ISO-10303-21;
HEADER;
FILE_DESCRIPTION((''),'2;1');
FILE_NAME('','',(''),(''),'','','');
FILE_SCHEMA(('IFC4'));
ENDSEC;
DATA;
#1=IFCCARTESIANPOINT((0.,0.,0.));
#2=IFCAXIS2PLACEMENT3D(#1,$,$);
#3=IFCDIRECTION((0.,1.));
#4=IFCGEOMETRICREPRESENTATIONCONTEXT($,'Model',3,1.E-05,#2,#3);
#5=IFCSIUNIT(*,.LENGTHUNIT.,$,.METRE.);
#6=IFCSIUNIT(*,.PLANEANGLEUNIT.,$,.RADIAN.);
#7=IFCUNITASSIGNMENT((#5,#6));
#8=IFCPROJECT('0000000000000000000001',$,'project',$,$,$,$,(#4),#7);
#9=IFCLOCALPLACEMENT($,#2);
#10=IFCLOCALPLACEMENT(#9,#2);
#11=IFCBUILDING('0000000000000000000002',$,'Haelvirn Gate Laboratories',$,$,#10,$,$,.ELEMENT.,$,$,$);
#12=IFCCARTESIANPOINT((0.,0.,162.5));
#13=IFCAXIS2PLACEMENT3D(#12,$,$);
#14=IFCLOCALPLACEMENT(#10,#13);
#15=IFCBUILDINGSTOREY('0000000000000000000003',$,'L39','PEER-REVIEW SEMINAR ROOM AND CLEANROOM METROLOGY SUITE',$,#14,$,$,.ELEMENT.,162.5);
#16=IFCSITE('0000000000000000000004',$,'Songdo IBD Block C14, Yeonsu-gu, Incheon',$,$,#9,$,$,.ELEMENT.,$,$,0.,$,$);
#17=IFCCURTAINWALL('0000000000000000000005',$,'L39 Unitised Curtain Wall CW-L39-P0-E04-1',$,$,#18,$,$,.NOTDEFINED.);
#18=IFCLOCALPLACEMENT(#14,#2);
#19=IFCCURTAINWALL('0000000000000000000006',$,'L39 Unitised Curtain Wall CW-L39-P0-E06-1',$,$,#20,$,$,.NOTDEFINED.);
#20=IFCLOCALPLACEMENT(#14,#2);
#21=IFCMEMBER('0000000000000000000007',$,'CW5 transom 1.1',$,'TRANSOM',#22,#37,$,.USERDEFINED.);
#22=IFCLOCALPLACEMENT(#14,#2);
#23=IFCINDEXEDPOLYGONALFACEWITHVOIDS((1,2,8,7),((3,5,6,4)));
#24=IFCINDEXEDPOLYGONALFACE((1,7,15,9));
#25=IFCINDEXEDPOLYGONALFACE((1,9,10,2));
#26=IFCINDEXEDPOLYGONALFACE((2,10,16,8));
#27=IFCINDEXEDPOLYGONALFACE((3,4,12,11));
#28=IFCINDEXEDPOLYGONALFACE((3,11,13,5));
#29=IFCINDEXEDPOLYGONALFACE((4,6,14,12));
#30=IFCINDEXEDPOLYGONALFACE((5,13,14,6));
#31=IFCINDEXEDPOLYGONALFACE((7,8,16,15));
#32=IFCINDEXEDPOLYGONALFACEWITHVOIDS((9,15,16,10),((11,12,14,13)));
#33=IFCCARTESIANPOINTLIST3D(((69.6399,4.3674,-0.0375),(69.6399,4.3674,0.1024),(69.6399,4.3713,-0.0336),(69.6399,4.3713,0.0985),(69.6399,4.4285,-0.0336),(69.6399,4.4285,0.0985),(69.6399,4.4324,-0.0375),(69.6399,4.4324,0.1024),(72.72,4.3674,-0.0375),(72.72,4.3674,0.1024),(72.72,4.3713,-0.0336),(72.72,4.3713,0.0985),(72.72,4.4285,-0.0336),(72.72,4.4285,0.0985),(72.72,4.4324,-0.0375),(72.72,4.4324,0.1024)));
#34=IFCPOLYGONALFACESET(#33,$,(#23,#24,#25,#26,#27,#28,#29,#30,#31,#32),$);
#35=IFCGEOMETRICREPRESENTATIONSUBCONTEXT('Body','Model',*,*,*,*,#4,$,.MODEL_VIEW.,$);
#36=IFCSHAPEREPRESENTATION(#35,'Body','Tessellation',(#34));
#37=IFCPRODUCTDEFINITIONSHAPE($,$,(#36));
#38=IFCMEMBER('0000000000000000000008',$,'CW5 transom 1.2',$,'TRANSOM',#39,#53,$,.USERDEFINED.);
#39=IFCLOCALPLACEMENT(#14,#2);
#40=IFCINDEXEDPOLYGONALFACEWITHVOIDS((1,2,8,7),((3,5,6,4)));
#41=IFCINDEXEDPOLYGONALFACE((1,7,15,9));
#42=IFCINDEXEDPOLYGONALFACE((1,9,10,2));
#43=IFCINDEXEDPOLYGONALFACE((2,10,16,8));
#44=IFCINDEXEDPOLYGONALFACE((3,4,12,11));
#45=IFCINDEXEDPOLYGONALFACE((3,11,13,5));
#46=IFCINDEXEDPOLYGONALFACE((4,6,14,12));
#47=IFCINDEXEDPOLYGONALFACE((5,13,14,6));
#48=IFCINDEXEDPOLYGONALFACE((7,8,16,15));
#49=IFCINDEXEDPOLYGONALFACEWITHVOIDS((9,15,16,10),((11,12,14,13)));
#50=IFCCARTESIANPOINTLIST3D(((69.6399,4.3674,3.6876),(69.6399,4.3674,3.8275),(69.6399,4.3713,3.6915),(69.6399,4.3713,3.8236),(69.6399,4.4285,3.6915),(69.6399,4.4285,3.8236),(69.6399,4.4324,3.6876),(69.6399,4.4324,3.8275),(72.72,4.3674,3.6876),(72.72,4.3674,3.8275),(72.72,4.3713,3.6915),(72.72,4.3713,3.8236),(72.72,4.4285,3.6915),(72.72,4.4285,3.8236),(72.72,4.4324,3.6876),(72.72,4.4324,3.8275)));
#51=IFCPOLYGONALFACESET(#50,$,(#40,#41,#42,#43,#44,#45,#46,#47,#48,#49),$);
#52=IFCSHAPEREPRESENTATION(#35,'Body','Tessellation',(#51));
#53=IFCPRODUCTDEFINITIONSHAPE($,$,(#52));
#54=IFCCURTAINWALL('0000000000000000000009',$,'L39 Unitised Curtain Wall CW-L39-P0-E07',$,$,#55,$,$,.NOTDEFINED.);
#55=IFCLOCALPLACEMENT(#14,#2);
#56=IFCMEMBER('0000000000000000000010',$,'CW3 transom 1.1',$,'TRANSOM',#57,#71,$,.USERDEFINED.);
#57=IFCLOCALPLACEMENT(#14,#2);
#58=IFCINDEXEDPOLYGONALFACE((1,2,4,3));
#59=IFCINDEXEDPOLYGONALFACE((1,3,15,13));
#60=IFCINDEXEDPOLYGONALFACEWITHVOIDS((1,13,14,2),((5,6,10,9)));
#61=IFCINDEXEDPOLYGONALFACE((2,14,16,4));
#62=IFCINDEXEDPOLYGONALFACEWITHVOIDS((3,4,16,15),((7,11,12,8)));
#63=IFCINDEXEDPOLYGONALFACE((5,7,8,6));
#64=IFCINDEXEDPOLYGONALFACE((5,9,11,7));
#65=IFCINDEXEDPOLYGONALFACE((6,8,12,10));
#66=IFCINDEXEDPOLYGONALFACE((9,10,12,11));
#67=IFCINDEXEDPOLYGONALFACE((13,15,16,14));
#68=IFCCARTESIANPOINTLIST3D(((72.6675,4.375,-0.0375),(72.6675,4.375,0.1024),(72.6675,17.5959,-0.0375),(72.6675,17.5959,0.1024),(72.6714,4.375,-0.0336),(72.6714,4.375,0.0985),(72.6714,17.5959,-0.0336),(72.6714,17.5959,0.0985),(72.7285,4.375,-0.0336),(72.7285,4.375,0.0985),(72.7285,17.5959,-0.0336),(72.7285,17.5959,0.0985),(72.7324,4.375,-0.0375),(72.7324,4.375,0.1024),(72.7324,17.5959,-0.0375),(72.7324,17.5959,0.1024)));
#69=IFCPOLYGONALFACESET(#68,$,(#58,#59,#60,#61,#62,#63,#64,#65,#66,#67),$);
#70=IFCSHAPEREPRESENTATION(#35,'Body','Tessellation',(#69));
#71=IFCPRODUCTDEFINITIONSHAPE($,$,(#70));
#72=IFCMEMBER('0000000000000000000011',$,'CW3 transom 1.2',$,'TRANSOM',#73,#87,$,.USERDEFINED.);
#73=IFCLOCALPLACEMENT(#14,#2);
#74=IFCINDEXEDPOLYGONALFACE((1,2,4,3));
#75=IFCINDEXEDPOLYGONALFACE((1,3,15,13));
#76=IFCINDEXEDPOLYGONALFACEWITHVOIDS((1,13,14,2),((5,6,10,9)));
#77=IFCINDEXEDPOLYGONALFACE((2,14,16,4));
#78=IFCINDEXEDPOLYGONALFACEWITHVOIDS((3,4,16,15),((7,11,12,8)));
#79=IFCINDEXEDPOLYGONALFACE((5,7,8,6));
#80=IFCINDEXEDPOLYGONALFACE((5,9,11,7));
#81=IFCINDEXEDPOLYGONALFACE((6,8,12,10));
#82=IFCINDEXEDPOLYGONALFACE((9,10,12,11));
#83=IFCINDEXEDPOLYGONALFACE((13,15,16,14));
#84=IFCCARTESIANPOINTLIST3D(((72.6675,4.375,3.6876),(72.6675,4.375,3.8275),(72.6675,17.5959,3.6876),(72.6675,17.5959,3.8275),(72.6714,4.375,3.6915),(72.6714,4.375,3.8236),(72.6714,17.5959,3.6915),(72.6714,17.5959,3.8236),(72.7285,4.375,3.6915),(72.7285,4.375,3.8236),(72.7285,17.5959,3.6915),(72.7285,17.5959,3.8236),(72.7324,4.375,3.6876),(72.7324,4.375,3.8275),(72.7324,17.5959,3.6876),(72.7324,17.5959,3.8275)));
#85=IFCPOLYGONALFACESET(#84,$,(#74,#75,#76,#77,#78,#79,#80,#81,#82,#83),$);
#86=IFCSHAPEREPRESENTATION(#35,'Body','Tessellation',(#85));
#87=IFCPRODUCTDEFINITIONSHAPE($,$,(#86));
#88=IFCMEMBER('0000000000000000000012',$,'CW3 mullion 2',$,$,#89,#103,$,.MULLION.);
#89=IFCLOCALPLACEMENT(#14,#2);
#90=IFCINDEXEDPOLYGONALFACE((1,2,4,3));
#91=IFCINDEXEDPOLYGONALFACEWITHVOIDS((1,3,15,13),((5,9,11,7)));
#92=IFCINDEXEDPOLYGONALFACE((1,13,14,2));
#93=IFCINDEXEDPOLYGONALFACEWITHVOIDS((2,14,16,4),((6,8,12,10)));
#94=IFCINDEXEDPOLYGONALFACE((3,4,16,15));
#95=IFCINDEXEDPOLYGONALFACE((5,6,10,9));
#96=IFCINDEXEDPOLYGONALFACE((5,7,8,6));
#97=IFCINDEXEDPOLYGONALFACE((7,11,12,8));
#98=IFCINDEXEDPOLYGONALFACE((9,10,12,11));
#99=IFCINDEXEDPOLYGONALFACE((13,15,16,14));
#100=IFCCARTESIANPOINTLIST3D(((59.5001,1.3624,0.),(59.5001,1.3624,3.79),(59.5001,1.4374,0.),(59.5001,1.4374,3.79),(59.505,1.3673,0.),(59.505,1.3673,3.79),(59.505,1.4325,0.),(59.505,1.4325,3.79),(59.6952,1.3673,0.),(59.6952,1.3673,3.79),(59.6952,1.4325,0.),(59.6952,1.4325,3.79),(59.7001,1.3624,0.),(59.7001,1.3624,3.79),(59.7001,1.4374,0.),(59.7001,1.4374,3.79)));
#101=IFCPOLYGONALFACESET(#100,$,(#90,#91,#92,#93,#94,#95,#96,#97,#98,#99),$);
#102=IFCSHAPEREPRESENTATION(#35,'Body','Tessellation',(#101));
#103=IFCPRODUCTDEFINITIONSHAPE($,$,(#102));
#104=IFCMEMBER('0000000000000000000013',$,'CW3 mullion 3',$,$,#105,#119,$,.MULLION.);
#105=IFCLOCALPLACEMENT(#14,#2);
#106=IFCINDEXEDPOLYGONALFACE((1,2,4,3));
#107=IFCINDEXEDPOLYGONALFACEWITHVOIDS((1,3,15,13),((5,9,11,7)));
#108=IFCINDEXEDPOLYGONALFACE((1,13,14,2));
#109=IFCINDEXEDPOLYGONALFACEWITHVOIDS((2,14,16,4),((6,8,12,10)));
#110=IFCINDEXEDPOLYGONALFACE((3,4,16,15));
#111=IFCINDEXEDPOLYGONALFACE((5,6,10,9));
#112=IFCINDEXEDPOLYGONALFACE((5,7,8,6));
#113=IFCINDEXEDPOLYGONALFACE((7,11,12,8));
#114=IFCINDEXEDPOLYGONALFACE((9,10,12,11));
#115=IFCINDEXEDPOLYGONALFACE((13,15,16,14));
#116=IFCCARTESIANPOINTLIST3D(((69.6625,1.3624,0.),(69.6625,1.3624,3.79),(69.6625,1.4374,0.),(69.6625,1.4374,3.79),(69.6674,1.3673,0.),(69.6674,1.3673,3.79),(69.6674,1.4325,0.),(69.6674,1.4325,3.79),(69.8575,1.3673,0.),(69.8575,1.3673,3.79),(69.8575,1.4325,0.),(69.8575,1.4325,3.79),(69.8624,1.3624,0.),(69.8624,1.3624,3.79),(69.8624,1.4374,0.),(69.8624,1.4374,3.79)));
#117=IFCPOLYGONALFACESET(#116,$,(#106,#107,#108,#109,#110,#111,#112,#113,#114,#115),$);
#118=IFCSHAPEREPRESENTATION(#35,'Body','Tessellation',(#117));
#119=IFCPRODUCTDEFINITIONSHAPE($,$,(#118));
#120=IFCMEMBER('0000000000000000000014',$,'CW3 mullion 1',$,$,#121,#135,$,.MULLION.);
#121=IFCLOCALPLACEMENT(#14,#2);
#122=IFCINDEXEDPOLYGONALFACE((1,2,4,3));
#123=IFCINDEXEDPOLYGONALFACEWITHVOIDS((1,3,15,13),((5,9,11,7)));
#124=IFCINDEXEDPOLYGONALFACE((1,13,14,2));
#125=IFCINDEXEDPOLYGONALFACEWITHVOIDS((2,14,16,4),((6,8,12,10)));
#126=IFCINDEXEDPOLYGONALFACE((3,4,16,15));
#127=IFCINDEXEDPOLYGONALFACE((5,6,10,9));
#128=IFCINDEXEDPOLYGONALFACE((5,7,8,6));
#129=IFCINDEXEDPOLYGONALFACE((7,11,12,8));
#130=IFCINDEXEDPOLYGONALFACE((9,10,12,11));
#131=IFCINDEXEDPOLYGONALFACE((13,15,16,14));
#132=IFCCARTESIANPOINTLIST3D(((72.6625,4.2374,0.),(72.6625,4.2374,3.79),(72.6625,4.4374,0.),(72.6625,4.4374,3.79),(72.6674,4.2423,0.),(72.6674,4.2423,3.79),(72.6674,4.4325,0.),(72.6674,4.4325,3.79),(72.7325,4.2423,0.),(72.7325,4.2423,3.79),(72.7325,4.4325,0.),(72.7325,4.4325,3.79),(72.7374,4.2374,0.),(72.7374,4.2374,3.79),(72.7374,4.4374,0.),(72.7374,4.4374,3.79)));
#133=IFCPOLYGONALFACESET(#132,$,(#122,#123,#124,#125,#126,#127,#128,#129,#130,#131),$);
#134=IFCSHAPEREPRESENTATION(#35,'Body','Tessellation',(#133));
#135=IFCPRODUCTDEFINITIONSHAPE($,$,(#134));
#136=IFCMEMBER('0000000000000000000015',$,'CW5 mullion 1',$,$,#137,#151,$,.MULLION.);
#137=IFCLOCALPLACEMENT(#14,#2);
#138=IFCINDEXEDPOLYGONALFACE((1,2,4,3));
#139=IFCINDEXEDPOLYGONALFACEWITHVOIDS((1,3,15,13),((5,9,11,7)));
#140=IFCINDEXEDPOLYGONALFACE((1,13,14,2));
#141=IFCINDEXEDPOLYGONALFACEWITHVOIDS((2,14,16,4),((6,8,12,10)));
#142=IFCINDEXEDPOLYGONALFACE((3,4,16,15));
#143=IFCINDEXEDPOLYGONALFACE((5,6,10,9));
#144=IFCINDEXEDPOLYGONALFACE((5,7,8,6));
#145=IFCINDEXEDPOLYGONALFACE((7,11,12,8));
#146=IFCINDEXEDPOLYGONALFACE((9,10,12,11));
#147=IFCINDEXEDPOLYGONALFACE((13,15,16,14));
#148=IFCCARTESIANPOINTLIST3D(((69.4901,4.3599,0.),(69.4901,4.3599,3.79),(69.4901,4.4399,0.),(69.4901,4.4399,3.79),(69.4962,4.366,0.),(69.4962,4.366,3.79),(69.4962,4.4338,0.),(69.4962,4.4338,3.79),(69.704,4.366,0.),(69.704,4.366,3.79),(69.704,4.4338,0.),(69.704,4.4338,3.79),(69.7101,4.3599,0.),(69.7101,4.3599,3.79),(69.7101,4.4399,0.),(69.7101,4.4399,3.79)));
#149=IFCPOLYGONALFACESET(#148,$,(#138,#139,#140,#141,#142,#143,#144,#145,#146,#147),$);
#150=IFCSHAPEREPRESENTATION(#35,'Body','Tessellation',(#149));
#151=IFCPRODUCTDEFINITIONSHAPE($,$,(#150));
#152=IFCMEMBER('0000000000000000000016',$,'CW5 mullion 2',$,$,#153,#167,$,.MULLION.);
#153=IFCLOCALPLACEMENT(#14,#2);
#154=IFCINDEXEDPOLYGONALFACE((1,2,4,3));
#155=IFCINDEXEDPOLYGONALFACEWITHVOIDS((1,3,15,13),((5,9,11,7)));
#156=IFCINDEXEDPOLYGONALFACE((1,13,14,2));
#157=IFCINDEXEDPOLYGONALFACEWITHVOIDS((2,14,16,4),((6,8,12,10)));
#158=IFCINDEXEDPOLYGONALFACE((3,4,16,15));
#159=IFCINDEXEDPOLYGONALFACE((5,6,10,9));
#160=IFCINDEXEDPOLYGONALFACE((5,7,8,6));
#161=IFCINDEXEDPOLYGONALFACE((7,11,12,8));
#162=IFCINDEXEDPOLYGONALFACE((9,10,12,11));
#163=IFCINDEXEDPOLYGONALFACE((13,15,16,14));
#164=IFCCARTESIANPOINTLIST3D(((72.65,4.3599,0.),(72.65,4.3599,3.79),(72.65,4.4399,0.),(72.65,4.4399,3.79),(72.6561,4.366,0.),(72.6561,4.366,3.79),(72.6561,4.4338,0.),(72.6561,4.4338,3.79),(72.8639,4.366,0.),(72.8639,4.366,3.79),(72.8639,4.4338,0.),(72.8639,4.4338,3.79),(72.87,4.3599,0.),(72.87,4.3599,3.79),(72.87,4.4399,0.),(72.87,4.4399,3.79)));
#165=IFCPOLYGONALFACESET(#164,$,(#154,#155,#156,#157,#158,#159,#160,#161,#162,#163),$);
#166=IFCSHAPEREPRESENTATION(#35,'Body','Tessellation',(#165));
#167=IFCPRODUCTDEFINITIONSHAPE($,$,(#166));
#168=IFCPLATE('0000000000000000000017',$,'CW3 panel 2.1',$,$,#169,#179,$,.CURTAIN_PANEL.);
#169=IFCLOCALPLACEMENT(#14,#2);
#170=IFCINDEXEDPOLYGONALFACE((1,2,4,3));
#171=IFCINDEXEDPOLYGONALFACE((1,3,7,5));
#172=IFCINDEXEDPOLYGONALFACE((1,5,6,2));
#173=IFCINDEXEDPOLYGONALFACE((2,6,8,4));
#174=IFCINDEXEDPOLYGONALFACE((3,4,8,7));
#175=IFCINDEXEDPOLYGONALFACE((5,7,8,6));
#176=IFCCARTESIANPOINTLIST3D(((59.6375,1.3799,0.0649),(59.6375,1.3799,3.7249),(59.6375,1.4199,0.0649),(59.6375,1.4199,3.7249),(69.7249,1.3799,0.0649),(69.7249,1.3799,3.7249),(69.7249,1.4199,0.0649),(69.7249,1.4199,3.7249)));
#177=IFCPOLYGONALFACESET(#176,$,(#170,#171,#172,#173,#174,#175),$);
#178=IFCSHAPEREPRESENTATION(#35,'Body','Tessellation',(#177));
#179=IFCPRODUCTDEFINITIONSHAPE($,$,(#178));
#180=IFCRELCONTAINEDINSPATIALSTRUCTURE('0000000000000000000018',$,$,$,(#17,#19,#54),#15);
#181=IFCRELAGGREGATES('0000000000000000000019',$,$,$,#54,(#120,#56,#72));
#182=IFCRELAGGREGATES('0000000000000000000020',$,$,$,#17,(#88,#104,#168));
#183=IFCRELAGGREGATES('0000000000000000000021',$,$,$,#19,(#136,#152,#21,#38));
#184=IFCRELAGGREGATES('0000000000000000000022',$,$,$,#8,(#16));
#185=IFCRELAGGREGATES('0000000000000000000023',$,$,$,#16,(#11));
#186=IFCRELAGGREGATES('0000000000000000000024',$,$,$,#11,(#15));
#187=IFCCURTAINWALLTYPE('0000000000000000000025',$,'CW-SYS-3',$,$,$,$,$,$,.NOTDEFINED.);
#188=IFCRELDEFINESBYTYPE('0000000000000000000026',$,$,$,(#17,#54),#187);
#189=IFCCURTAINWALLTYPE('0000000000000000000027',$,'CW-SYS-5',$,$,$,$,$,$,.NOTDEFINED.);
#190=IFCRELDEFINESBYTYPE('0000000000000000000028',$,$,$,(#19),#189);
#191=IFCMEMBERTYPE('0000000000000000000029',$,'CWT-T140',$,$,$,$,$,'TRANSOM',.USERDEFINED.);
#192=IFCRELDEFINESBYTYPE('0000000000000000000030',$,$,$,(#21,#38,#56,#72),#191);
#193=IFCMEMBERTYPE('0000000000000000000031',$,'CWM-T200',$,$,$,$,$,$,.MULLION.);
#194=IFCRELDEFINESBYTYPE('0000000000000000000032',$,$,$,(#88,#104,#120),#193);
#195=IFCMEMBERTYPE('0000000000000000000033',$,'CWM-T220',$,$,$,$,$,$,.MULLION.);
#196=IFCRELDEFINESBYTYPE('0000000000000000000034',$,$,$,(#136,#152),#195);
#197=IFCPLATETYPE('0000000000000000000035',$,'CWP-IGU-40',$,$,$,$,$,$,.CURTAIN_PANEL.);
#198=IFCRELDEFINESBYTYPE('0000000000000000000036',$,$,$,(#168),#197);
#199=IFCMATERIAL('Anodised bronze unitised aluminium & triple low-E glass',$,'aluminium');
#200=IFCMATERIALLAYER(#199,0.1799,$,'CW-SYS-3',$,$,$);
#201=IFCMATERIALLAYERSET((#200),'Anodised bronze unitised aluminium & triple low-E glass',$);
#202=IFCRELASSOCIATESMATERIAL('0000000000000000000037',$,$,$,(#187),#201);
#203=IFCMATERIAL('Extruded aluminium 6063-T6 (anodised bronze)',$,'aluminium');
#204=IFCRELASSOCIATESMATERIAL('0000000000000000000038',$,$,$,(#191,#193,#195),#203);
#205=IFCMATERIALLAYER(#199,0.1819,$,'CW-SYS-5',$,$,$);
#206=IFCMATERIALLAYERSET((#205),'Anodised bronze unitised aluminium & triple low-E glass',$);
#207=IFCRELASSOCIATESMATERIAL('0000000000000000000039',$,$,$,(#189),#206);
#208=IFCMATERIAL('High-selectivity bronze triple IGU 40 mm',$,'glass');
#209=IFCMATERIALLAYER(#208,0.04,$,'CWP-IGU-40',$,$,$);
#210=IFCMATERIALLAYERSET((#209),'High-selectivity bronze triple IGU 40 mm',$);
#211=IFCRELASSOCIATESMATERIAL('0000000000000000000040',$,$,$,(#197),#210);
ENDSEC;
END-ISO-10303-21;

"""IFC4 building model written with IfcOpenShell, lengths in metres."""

from ifc_helpers import new_model, si_unit, direction, frame, origin, origin_2d, place, context, subcontext, project, spatial, rectangle, hollow_rectangle, extrude, source, transform, mapped, material, layer, layer_set, material_profile, profile_set, type_object, type_shapes, element, aggregate, save


model = new_model("IFC4")

# Units and contexts
model_context = context("Model", 3, precision=1e-05, world=origin(), true_north=direction((0.0, 1.0)))
body_context = subcontext(model_context, "Body", "Model", "MODEL_VIEW")
ifc_project = project(units=[si_unit("LENGTHUNIT", "METRE"), si_unit("PLANEANGLEUNIT", "RADIAN")], contexts=[model_context])

# Site, building, storey
site_placement = place(None, origin())
site = spatial("IfcSite", under=ifc_project, at=site_placement, Name="Songdo IBD Block C14, Yeonsu-gu, Incheon", CompositionType="ELEMENT", RefElevation=0.0)
building_placement = place(site_placement, origin())
building = spatial("IfcBuilding", under=site, at=building_placement, Name="Haelvirn Gate Laboratories", CompositionType="ELEMENT")
storey_placement = place(building_placement, frame((0.0, 0.0, 162.5)))
storey = spatial("IfcBuildingStorey", under=building, at=storey_placement, Name="L39", Description="PEER-REVIEW SEMINAR ROOM AND CLEANROOM METROLOGY SUITE", CompositionType="ELEMENT", Elevation=162.5)

# Curtain walls, members
ifc_material_1 = material(Name="Anodised bronze unitised aluminium & triple low-E glass", Category="aluminium")
ifc_layer_1 = layer(ifc_material_1, 0.1799, Name="CW-SYS-3")
ifc_layer_set_1 = layer_set([ifc_layer_1], Name="Anodised bronze unitised aluminium & triple low-E glass")
curtain_wall_type_1 = type_object("IfcCurtainWallType", Name="CW-SYS-3", PredefinedType="NOTDEFINED", material=ifc_layer_set_1)
curtain_wall_1_placement = place(storey_placement, origin())
curtain_wall_1 = element("IfcCurtainWall", 1, at=curtain_wall_1_placement, inside=storey, type_object=curtain_wall_type_1, Name="L39 Unitised Curtain Wall CW-L39-P0-E04-1", PredefinedType="NOTDEFINED")
ifc_material_2 = material(Name="Extruded aluminium 6063-T6 (anodised bronze)", Category="aluminium")
ifc_material_profile_1 = material_profile(ifc_material_2, hollow_rectangle(XDim=0.0649, YDim=0.1399, WallThickness=0.0039, at=origin_2d()), Name="CWT-140x65x4")
ifc_profile_set_1 = profile_set([ifc_material_profile_1], Name="Extruded aluminium 6063-T6 (anodised bronze)")
member_type_1 = type_object("IfcMemberType", Name="CWT-T140", ElementType="TRANSOM", PredefinedType="USERDEFINED", material=ifc_profile_set_1)
ifc_layer_2 = layer(ifc_material_1, 0.1819, Name="CW-SYS-5")
ifc_layer_set_2 = layer_set([ifc_layer_2], Name="Anodised bronze unitised aluminium & triple low-E glass")
curtain_wall_type_2 = type_object("IfcCurtainWallType", Name="CW-SYS-5", PredefinedType="NOTDEFINED", material=ifc_layer_set_2)
curtain_wall_2_placement = place(storey_placement, origin())
curtain_wall_2 = element("IfcCurtainWall", 2, at=curtain_wall_2_placement, inside=storey, type_object=curtain_wall_type_2, Name="L39 Unitised Curtain Wall CW-L39-P0-E06-1", PredefinedType="NOTDEFINED")
shared_shape_1 = source(origin(), body_context, "Body", "SweptSolid", [
    extrude(hollow_rectangle(XDim=0.0649, YDim=0.1399, WallThickness=0.0039, at=origin_2d()), origin(), (0.0, 0.0, 1.0), 3.0801),
])
member_1_placement = place(storey_placement, frame((69.6399, 4.3999, 0.0325), z_axis=(1.0, 0.0, 0.0), x_axis=(0.0, 1.0, 0.0)))
member_1 = element("IfcMember", 3, at=member_1_placement, type_object=member_type_1, Name="CW5 transom 1.1", ObjectType="TRANSOM", PredefinedType="USERDEFINED", context=body_context, shape_type="MappedRepresentation", body=[
    mapped(shared_shape_1, transform((0.0, 0.0, 0.0), scale=1.0)),
])
member_2_placement = place(storey_placement, frame((69.6399, 4.3999, 3.7576), z_axis=(1.0, 0.0, 0.0), x_axis=(0.0, 1.0, 0.0)))
member_2 = element("IfcMember", 4, at=member_2_placement, type_object=member_type_1, Name="CW5 transom 1.2", ObjectType="TRANSOM", PredefinedType="USERDEFINED", context=body_context, shape_type="MappedRepresentation", body=[
    mapped(shared_shape_1, transform((0.0, 0.0, 0.0), scale=1.0)),
])
curtain_wall_3_placement = place(storey_placement, origin())
curtain_wall_3 = element("IfcCurtainWall", 5, at=curtain_wall_3_placement, inside=storey, type_object=curtain_wall_type_1, Name="L39 Unitised Curtain Wall CW-L39-P0-E07", PredefinedType="NOTDEFINED")
shared_shape_2 = source(origin(), body_context, "Body", "SweptSolid", [
    extrude(hollow_rectangle(XDim=0.0649, YDim=0.1399, WallThickness=0.0039, at=origin_2d()), origin(), (0.0, 0.0, 1.0), 13.2209),
])
member_3_placement = place(storey_placement, frame((72.7, 4.375, 0.0325), z_axis=(0.0, 1.0, 0.0), x_axis=(-1.0, 0.0, 0.0)))
member_3 = element("IfcMember", 6, at=member_3_placement, type_object=member_type_1, Name="CW3 transom 1.1", ObjectType="TRANSOM", PredefinedType="USERDEFINED", context=body_context, shape_type="MappedRepresentation", body=[
    mapped(shared_shape_2, transform((0.0, 0.0, 0.0), scale=1.0)),
])
member_4_placement = place(storey_placement, frame((72.7, 4.375, 3.7576), z_axis=(0.0, 1.0, 0.0), x_axis=(-1.0, 0.0, 0.0)))
member_4 = element("IfcMember", 7, at=member_4_placement, type_object=member_type_1, Name="CW3 transom 1.2", ObjectType="TRANSOM", PredefinedType="USERDEFINED", context=body_context, shape_type="MappedRepresentation", body=[
    mapped(shared_shape_2, transform((0.0, 0.0, 0.0), scale=1.0)),
])

# Members
ifc_material_profile_2 = material_profile(ifc_material_2, hollow_rectangle(XDim=0.075, YDim=0.2, WallThickness=0.0049, at=origin_2d()), Name="CWM-200x75x5")
ifc_profile_set_2 = profile_set([ifc_material_profile_2], Name="Extruded aluminium 6063-T6 (anodised bronze)")
member_type_2 = type_object("IfcMemberType", Name="CWM-T200", PredefinedType="MULLION", material=ifc_profile_set_2)
shared_shape_3 = source(origin(), body_context, "Body", "SweptSolid", [
    extrude(hollow_rectangle(XDim=0.075, YDim=0.2, WallThickness=0.0049, at=origin_2d()), origin(), (0.0, 0.0, 1.0), 3.79),
])
type_shapes(member_type_2, [shared_shape_3])
member_5_placement = place(storey_placement, frame((59.6001, 1.3999, 0.0), z_axis=(0.0, 0.0, 1.0), x_axis=(0.0, 1.0, 0.0)))
member_5 = element("IfcMember", 8, at=member_5_placement, type_object=member_type_2, Name="CW3 mullion 2", PredefinedType="MULLION", context=body_context, shape_type="MappedRepresentation", body=[
    mapped(shared_shape_3, transform((0.0, 0.0, 0.0), scale=1.0)),
])
member_6_placement = place(storey_placement, frame((69.7625, 1.3999, 0.0), z_axis=(0.0, 0.0, 1.0), x_axis=(0.0, 1.0, 0.0)))
member_6 = element("IfcMember", 9, at=member_6_placement, type_object=member_type_2, Name="CW3 mullion 3", PredefinedType="MULLION", context=body_context, shape_type="MappedRepresentation", body=[
    mapped(shared_shape_3, transform((0.0, 0.0, 0.0), scale=1.0)),
])
member_7_placement = place(storey_placement, frame((72.7, 4.3374, 0.0), z_axis=(0.0, 0.0, 1.0), x_axis=(-1.0, 0.0, 0.0)))
member_7 = element("IfcMember", 10, at=member_7_placement, type_object=member_type_2, Name="CW3 mullion 1", PredefinedType="MULLION", context=body_context, shape_type="MappedRepresentation", body=[
    mapped(shared_shape_3, transform((0.0, 0.0, 0.0), scale=1.0)),
])
aggregate(curtain_wall_3, [member_7, member_3, member_4])
ifc_material_profile_3 = material_profile(ifc_material_2, hollow_rectangle(XDim=0.0801, YDim=0.22, WallThickness=0.0061, at=origin_2d()), Name="CWM-220x80x6")
ifc_profile_set_3 = profile_set([ifc_material_profile_3], Name="Extruded aluminium 6063-T6 (anodised bronze)")
member_type_3 = type_object("IfcMemberType", Name="CWM-T220", PredefinedType="MULLION", material=ifc_profile_set_3)
shared_shape_4 = source(origin(), body_context, "Body", "SweptSolid", [
    extrude(hollow_rectangle(XDim=0.0801, YDim=0.22, WallThickness=0.0061, at=origin_2d()), origin(), (0.0, 0.0, 1.0), 3.79),
])
type_shapes(member_type_3, [shared_shape_4])
member_8_placement = place(storey_placement, frame((69.6001, 4.3999, 0.0), z_axis=(0.0, 0.0, 1.0), x_axis=(0.0, 1.0, 0.0)))
member_8 = element("IfcMember", 11, at=member_8_placement, type_object=member_type_3, Name="CW5 mullion 1", PredefinedType="MULLION", context=body_context, shape_type="MappedRepresentation", body=[
    mapped(shared_shape_4, transform((0.0, 0.0, 0.0), scale=1.0)),
])
member_9_placement = place(storey_placement, frame((72.76, 4.3999, 0.0), z_axis=(0.0, 0.0, 1.0), x_axis=(0.0, 1.0, 0.0)))
member_9 = element("IfcMember", 12, at=member_9_placement, type_object=member_type_3, Name="CW5 mullion 2", PredefinedType="MULLION", context=body_context, shape_type="MappedRepresentation", body=[
    mapped(shared_shape_4, transform((0.0, 0.0, 0.0), scale=1.0)),
])

# Plate
ifc_material_3 = material(Name="High-selectivity bronze triple IGU 40 mm", Category="glass")
ifc_layer_3 = layer(ifc_material_3, 0.04, Name="CWP-IGU-40")
ifc_layer_set_3 = layer_set([ifc_layer_3], Name="High-selectivity bronze triple IGU 40 mm")
plate_type_1 = type_object("IfcPlateType", Name="CWP-IGU-40", PredefinedType="CURTAIN_PANEL", material=ifc_layer_set_3)
shared_shape_5 = source(origin(), body_context, "Body", "SweptSolid", [
    extrude(rectangle(XDim=10.0874, YDim=0.04, at=origin_2d()), origin(), (0.0, 0.0, 1.0), 3.6599),
])
type_shapes(plate_type_1, [shared_shape_5])
plate_1_placement = place(storey_placement, frame((64.6812, 1.3999, 0.0649), z_axis=(0.0, 0.0, 1.0), x_axis=(1.0, 0.0, 0.0)))
plate_1 = element("IfcPlate", 13, at=plate_1_placement, type_object=plate_type_1, Name="CW3 panel 2.1", PredefinedType="CURTAIN_PANEL", context=body_context, shape_type="MappedRepresentation", body=[
    mapped(shared_shape_5, transform((0.0, 0.0, 0.0), scale=1.0)),
])
aggregate(curtain_wall_1, [member_5, member_6, plate_1])
aggregate(curtain_wall_2, [member_8, member_9, member_1, member_2])

save(model, "model.ifc")
